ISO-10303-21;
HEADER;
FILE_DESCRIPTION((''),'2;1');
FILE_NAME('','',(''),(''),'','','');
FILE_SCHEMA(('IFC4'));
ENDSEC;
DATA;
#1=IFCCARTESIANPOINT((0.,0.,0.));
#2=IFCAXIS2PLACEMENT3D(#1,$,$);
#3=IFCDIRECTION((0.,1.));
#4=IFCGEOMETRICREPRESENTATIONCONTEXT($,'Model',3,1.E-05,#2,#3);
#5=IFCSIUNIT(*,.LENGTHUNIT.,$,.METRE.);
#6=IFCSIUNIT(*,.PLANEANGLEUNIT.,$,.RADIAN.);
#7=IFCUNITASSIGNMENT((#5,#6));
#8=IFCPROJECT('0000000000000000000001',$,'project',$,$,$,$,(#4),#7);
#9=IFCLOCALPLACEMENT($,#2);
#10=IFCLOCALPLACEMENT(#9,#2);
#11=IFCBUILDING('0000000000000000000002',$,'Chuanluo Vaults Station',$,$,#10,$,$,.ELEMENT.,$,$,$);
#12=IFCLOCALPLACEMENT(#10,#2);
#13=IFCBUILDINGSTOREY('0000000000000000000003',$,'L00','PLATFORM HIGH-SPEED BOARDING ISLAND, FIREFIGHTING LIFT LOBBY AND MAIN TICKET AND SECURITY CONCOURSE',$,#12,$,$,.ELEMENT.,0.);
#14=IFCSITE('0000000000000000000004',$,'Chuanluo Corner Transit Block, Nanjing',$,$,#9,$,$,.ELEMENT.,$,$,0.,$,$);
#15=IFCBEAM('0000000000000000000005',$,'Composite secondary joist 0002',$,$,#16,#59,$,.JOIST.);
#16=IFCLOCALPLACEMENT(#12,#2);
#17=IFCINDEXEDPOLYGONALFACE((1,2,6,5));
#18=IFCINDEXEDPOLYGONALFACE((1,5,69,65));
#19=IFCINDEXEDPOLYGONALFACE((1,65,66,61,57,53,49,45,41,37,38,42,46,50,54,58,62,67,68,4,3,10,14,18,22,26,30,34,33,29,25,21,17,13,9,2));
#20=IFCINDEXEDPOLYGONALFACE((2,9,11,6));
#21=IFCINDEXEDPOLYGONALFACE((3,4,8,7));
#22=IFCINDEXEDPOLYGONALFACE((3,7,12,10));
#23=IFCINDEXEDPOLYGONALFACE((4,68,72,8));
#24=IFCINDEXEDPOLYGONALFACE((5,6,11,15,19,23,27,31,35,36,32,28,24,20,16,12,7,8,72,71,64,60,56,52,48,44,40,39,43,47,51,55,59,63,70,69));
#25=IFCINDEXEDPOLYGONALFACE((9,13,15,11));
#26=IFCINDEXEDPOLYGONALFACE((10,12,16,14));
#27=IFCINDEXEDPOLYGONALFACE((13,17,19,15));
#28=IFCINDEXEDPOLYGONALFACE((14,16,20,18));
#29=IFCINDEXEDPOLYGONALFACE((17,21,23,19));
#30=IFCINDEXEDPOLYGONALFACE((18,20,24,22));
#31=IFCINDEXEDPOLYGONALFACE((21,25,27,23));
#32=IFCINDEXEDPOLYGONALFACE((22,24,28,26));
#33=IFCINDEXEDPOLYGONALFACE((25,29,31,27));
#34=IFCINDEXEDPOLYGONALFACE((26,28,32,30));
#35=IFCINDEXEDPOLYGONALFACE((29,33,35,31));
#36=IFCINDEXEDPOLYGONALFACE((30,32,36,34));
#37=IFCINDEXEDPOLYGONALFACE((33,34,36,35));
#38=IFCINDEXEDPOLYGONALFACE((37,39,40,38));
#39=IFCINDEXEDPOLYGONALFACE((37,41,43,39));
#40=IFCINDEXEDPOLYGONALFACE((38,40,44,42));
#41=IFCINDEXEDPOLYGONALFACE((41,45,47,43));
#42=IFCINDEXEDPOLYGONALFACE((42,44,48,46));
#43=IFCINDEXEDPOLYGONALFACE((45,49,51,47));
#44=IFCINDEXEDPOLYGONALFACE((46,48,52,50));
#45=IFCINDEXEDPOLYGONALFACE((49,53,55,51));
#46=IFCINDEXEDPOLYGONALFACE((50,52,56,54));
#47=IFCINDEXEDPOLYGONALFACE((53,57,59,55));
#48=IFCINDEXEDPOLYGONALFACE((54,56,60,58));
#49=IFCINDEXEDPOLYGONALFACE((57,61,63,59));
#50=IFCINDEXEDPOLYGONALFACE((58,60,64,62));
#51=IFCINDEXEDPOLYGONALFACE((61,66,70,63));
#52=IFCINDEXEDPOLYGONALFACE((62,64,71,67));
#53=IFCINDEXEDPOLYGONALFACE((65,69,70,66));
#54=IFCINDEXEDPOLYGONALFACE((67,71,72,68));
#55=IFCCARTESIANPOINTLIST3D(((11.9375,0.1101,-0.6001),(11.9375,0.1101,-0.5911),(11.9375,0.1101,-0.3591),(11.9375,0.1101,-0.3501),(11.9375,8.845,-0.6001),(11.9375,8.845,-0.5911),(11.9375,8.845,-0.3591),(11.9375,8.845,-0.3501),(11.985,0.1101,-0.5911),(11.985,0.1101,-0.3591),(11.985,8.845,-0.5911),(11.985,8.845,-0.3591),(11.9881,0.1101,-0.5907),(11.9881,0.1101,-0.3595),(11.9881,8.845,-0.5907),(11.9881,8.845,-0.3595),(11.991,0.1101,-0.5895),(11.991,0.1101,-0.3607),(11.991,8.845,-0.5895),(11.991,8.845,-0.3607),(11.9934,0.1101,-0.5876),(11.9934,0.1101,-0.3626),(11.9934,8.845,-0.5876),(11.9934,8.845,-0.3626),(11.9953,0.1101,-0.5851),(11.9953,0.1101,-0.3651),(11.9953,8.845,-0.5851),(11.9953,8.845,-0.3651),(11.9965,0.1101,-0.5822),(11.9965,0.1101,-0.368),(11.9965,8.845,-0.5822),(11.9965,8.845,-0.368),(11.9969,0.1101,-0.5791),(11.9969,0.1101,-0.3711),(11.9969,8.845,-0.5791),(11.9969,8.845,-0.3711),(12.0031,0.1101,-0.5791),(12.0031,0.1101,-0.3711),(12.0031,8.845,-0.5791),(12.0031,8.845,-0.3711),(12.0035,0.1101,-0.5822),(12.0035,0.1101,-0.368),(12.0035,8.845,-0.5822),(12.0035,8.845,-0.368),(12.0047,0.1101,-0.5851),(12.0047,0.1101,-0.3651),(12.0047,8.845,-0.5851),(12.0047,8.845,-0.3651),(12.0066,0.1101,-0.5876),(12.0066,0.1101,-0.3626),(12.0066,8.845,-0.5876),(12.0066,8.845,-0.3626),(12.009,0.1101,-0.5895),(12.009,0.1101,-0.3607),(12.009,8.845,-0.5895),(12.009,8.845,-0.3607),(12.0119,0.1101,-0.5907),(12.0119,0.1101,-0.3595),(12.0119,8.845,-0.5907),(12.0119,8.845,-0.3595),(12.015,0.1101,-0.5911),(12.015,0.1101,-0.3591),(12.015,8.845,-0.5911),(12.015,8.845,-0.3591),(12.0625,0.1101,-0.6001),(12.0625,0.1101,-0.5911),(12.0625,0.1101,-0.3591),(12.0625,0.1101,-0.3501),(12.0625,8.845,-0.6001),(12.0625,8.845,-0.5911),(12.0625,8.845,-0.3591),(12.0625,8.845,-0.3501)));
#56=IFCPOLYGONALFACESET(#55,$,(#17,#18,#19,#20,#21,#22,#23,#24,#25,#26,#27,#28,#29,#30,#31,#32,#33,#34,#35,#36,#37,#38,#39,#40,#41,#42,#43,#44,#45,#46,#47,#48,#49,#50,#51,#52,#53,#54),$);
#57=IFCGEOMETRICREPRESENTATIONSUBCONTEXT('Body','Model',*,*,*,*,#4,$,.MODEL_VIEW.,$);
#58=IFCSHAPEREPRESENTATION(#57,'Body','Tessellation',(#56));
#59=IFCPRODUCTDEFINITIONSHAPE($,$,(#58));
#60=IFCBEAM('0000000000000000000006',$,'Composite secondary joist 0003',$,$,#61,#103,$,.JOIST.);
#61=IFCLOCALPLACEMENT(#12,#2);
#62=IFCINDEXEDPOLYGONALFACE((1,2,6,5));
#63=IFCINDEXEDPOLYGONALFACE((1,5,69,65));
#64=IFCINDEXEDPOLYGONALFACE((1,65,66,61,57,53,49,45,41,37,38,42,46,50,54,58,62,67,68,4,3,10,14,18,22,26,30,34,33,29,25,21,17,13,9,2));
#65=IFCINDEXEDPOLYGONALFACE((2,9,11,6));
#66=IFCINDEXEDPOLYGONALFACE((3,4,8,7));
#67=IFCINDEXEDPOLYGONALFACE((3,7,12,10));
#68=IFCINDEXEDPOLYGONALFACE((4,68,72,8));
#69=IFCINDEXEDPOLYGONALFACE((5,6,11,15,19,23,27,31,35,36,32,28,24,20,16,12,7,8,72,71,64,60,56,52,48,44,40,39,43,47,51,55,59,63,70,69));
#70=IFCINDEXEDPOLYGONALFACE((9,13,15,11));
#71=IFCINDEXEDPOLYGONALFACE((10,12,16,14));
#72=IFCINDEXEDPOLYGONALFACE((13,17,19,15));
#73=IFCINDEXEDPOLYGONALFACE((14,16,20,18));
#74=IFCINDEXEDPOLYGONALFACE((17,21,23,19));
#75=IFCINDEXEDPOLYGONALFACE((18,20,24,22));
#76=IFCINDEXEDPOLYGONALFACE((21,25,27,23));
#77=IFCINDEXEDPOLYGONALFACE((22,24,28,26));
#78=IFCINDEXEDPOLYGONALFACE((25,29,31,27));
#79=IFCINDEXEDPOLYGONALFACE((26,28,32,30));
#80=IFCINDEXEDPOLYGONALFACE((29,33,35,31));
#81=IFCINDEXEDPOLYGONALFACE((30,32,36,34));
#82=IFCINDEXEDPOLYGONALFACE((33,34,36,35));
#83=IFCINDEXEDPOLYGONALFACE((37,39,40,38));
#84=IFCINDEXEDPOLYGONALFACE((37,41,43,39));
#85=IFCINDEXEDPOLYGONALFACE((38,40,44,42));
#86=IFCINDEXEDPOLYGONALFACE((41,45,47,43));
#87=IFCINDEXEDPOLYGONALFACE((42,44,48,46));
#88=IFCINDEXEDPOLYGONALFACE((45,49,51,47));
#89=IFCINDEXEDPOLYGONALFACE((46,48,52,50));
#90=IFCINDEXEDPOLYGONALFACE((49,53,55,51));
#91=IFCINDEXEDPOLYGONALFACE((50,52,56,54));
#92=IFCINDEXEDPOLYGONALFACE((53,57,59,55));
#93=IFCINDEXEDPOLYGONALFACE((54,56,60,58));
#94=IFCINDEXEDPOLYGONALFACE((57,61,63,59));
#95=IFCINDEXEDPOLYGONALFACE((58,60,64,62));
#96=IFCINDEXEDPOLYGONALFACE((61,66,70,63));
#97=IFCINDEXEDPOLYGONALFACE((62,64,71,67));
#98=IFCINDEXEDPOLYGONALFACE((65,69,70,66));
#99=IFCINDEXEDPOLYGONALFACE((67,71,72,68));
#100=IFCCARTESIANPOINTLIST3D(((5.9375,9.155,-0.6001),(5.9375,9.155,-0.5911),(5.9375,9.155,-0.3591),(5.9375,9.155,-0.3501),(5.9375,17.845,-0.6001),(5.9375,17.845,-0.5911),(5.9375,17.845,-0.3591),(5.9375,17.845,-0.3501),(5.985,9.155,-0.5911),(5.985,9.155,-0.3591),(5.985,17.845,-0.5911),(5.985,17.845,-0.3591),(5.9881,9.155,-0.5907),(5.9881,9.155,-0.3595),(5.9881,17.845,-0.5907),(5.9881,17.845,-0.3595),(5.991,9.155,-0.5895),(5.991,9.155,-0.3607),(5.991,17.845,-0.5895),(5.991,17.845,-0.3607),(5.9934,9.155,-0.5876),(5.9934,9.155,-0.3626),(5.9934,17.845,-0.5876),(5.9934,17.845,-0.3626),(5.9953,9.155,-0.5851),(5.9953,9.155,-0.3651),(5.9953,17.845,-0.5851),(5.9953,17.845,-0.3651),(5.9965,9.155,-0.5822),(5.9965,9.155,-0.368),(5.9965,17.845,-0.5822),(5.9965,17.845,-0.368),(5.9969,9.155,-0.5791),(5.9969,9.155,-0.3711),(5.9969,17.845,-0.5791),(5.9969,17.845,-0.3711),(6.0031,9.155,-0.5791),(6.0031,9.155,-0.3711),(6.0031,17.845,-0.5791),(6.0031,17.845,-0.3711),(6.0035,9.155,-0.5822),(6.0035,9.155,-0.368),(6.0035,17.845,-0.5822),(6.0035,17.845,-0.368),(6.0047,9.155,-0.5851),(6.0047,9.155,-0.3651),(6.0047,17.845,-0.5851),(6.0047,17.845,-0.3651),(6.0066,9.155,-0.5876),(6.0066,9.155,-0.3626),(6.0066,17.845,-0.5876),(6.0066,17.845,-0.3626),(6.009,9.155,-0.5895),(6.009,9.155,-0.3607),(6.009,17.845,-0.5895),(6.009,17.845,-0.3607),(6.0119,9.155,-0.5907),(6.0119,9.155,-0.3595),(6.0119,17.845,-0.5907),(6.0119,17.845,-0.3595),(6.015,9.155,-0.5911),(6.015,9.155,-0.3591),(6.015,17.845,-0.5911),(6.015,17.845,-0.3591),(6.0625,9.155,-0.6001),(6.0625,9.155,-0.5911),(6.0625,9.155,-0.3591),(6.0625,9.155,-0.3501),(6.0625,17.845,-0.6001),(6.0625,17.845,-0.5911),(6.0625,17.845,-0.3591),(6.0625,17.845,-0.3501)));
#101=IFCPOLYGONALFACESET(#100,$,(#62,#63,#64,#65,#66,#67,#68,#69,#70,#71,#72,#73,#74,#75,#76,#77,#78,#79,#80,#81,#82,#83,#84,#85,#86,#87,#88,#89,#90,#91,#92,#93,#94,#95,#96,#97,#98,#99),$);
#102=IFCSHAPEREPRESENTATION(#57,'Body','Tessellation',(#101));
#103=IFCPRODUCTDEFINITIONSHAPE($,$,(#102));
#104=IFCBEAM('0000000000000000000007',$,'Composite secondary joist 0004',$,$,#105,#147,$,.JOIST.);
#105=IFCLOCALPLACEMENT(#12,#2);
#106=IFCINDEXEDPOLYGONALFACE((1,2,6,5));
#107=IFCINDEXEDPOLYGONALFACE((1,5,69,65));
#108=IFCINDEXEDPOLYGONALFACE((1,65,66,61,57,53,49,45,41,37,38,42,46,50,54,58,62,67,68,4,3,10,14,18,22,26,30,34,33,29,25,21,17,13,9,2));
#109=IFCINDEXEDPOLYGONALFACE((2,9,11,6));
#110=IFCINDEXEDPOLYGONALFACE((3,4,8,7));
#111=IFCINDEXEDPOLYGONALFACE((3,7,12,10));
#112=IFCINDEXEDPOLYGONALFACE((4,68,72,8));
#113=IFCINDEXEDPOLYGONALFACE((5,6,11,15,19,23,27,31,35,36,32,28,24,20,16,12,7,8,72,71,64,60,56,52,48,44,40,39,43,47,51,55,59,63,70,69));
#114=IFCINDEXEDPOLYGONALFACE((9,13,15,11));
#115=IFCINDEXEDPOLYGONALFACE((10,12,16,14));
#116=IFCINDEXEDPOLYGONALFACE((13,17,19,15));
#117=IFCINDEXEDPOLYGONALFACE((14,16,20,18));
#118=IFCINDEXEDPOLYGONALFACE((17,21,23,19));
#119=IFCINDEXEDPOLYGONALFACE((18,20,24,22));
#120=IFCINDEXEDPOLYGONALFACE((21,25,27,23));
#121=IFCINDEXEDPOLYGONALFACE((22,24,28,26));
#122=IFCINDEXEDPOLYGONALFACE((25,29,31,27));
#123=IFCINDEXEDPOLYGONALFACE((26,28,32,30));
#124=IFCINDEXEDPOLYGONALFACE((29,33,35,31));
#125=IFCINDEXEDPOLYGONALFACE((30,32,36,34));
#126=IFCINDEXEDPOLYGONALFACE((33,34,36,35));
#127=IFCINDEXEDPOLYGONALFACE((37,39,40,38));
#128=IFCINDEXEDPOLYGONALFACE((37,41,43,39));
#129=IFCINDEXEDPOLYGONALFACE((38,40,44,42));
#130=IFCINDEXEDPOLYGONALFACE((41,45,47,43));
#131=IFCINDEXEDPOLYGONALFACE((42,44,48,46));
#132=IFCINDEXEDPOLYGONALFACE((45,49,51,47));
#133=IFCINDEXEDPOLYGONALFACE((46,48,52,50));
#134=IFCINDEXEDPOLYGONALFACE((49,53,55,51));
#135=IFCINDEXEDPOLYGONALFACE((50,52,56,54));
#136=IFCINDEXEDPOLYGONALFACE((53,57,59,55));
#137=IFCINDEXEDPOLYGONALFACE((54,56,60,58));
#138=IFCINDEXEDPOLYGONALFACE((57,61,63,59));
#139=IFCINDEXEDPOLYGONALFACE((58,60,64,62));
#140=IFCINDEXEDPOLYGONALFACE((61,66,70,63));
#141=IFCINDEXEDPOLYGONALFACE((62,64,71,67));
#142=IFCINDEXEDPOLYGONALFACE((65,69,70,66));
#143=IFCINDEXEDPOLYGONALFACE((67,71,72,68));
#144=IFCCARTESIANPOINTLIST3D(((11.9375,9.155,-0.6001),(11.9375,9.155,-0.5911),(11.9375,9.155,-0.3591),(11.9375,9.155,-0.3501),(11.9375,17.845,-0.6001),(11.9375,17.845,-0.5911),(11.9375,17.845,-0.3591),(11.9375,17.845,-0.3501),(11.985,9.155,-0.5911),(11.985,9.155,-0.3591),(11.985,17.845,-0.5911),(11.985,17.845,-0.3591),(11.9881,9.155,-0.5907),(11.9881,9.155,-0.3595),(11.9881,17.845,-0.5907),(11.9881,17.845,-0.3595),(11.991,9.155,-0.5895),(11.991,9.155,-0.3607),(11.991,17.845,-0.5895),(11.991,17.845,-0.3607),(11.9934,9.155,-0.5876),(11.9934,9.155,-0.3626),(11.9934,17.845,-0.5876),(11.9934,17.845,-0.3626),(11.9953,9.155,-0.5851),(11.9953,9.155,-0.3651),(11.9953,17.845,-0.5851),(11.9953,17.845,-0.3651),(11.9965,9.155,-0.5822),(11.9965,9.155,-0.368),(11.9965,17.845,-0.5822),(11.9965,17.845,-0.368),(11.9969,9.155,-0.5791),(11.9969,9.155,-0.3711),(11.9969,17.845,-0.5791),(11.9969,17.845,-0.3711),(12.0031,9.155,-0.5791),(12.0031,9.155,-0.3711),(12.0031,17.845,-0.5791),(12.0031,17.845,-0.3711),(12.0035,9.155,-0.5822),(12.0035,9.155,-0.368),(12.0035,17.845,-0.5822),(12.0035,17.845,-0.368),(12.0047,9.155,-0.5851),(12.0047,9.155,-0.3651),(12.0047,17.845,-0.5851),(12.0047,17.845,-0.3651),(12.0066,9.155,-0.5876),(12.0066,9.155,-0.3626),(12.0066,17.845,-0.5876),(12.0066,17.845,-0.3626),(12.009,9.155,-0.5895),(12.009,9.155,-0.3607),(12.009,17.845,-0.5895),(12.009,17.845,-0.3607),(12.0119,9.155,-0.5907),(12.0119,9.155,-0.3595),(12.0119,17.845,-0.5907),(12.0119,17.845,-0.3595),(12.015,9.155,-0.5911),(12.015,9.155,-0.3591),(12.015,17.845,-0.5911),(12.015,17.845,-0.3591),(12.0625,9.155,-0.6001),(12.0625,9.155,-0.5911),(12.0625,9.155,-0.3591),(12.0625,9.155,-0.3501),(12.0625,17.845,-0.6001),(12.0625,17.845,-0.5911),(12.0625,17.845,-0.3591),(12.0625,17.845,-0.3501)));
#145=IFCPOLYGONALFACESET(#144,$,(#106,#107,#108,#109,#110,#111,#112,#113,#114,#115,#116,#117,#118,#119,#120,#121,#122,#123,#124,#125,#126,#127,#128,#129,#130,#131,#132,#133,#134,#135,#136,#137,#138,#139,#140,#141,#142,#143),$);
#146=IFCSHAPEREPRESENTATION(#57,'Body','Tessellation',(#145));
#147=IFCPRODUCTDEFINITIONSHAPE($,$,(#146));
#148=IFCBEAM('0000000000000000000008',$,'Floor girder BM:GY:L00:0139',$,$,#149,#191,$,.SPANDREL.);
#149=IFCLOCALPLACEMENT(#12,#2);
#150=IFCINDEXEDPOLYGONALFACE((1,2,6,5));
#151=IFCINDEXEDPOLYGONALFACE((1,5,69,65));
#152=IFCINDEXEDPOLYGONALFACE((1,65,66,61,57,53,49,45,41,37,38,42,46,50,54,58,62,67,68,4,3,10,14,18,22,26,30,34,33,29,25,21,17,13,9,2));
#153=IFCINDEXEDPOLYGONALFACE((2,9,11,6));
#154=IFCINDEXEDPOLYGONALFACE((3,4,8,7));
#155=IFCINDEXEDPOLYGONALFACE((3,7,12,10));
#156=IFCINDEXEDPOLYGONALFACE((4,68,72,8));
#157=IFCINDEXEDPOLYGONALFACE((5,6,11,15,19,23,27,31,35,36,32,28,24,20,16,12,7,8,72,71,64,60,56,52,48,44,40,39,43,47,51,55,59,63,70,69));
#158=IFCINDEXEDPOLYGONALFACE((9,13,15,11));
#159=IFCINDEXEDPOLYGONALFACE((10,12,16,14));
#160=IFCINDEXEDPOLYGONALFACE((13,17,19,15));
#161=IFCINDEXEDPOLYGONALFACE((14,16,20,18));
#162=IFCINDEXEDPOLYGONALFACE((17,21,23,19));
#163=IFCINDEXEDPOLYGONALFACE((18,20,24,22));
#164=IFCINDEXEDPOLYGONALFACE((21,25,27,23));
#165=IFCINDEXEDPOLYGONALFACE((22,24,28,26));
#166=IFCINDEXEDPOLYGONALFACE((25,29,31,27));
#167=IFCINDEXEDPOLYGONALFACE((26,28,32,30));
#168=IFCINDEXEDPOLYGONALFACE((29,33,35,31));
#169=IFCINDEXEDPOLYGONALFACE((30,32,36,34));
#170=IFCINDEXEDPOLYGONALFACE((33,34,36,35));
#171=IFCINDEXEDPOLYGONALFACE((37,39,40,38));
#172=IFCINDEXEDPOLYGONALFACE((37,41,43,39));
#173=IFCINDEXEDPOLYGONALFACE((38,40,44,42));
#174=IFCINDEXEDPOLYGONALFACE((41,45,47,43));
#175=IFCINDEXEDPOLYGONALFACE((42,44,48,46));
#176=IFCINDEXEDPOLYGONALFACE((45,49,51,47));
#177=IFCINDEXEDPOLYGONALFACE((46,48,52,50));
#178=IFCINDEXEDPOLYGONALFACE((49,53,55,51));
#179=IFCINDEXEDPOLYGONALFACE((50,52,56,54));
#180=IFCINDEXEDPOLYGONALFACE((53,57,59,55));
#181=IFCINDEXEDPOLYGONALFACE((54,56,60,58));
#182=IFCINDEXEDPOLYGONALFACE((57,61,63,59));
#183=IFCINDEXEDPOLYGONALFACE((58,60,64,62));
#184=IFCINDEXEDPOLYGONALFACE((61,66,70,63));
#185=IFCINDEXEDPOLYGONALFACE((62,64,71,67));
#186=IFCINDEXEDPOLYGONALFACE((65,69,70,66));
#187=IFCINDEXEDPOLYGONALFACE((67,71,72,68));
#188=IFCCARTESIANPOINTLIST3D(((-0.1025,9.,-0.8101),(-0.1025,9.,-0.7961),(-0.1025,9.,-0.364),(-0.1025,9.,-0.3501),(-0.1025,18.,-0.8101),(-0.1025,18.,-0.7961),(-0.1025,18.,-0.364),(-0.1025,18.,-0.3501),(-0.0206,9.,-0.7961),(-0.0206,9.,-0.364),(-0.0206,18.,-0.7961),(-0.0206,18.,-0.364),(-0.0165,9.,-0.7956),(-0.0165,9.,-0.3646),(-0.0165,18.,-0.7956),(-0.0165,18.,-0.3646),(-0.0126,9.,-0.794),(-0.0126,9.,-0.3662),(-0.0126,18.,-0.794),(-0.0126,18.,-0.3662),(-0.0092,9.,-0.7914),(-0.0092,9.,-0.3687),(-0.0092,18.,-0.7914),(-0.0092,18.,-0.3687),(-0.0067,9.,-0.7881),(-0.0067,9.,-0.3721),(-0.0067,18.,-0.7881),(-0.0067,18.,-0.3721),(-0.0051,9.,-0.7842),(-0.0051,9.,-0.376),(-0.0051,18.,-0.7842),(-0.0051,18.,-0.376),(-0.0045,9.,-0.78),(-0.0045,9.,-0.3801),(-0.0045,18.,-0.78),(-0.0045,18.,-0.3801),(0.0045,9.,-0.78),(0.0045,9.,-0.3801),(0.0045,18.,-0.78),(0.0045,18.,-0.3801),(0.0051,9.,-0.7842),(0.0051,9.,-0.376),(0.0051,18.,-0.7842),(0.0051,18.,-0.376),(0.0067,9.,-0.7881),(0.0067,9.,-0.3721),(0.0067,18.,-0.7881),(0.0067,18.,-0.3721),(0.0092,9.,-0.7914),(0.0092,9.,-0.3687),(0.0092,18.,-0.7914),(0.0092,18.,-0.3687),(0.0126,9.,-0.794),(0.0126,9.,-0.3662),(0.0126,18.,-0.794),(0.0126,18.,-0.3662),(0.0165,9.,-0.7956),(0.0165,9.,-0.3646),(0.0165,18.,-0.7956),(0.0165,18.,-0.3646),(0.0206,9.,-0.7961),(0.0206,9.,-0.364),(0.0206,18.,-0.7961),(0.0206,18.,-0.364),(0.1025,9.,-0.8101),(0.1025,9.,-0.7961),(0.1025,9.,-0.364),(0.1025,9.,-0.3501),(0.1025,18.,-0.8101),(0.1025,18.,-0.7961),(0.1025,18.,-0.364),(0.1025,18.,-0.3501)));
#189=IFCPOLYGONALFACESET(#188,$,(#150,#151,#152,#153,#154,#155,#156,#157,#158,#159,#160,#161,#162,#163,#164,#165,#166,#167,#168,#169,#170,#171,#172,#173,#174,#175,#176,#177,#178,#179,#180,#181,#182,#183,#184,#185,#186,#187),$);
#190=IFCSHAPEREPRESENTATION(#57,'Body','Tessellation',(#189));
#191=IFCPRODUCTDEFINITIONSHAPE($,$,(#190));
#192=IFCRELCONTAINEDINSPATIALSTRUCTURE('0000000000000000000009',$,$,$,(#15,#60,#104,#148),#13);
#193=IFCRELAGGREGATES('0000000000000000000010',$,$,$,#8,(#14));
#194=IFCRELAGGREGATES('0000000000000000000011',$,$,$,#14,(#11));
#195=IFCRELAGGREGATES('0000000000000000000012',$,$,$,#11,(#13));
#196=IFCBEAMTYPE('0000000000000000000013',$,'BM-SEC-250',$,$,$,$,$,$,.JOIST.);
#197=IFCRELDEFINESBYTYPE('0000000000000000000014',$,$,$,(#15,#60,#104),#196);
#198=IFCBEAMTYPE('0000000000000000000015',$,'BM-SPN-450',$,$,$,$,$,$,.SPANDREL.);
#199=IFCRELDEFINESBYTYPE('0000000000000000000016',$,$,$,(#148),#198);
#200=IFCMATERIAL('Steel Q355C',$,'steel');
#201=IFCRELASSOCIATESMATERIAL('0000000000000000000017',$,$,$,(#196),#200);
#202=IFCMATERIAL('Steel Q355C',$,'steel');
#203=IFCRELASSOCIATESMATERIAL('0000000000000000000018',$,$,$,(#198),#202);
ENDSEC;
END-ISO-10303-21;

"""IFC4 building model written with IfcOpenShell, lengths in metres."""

from ifc_helpers import new_model, si_unit, direction, frame, origin, origin_2d, place, context, subcontext, project, spatial, i_section, extrude, material, material_profile, profile_set, type_object, element, save


model = new_model("IFC4")

# Units and contexts
model_context = context("Model", 3, precision=1e-05, world=origin(), true_north=direction((0.0, 1.0)))
body_context = subcontext(model_context, "Body", "Model", "MODEL_VIEW")
ifc_project = project(units=[si_unit("LENGTHUNIT", "METRE"), si_unit("PLANEANGLEUNIT", "RADIAN")], contexts=[model_context])

# Site, building, storey
site_placement = place(None, origin())
site = spatial("IfcSite", under=ifc_project, at=site_placement, Name="Chuanluo Corner Transit Block, Nanjing", CompositionType="ELEMENT", RefElevation=0.0)
building_placement = place(site_placement, origin())
building = spatial("IfcBuilding", under=site, at=building_placement, Name="Chuanluo Vaults Station", CompositionType="ELEMENT")
storey_placement = place(building_placement, origin())
storey = spatial("IfcBuildingStorey", under=building, at=storey_placement, Name="L00", Description="PLATFORM HIGH-SPEED BOARDING ISLAND, FIREFIGHTING LIFT LOBBY AND MAIN TICKET AND SECURITY CONCOURSE", CompositionType="ELEMENT", Elevation=0.0)

# Beams
ifc_material_1 = material(Name="Steel Q355C", Category="steel")
ifc_material_profile_1 = material_profile(ifc_material_1, i_section(OverallWidth=0.125, OverallDepth=0.25, WebThickness=0.0061, FlangeThickness=0.009, FilletRadius=0.012, at=origin_2d()))
ifc_profile_set_1 = profile_set([ifc_material_profile_1], Name="Steel Q355C")
beam_type_1 = type_object("IfcBeamType", Name="BM-SEC-250", PredefinedType="JOIST", material=ifc_profile_set_1)
for number, where, z_axis, x_axis, name in (
    (1, (12.0, 0.1101, -0.4751), (0.0, 1.0, 0.0), (-1.0, 0.0, 0.0), "Composite secondary joist 0002"),
):
    element("IfcBeam", number, at=place(storey_placement, frame(where, z_axis=z_axis, x_axis=x_axis)), inside=storey, type_object=beam_type_1, Name=name, PredefinedType="JOIST", context=body_context, shape_type="SweptSolid", body=[
        extrude(i_section(OverallWidth=0.125, OverallDepth=0.25, WebThickness=0.0061, FlangeThickness=0.009, FilletRadius=0.012, at=origin_2d()), origin(), (0.0, 0.0, 1.0), 8.7349),
    ])
for number, where, z_axis, x_axis, name in (
    (2, (6.0, 9.155, -0.4751), (0.0, 1.0, 0.0), (-1.0, 0.0, 0.0), "Composite secondary joist 0003"),
    (3, (12.0, 9.155, -0.4751), (0.0, 1.0, 0.0), (-1.0, 0.0, 0.0), "Composite secondary joist 0004"),
):
    element("IfcBeam", number, at=place(storey_placement, frame(where, z_axis=z_axis, x_axis=x_axis)), inside=storey, type_object=beam_type_1, Name=name, PredefinedType="JOIST", context=body_context, shape_type="SweptSolid", body=[
        extrude(i_section(OverallWidth=0.125, OverallDepth=0.25, WebThickness=0.0061, FlangeThickness=0.009, FilletRadius=0.012, at=origin_2d()), origin(), (0.0, 0.0, 1.0), 8.6899),
    ])
ifc_material_2 = material(Name="Steel Q355C", Category="steel")
ifc_material_profile_2 = material_profile(ifc_material_2, i_section(OverallWidth=0.2051, OverallDepth=0.46, WebThickness=0.009, FlangeThickness=0.0139, FilletRadius=0.0161, at=origin_2d()))
ifc_profile_set_2 = profile_set([ifc_material_profile_2], Name="Steel Q355C")
beam_type_2 = type_object("IfcBeamType", Name="BM-SPN-450", PredefinedType="SPANDREL", material=ifc_profile_set_2)
beam_placement = place(storey_placement, frame((0.0, 9.0, -0.5801), z_axis=(0.0, 1.0, 0.0), x_axis=(-1.0, 0.0, 0.0)))
element("IfcBeam", 4, at=beam_placement, inside=storey, type_object=beam_type_2, Name="Floor girder BM:GY:L00:0139", PredefinedType="SPANDREL", context=body_context, shape_type="SweptSolid", body=[
    extrude(i_section(OverallWidth=0.2051, OverallDepth=0.46, WebThickness=0.009, FlangeThickness=0.0139, FilletRadius=0.0161, at=origin_2d()), origin(), (0.0, 0.0, 1.0), 9.0),
])

save(model, "model.ifc")
